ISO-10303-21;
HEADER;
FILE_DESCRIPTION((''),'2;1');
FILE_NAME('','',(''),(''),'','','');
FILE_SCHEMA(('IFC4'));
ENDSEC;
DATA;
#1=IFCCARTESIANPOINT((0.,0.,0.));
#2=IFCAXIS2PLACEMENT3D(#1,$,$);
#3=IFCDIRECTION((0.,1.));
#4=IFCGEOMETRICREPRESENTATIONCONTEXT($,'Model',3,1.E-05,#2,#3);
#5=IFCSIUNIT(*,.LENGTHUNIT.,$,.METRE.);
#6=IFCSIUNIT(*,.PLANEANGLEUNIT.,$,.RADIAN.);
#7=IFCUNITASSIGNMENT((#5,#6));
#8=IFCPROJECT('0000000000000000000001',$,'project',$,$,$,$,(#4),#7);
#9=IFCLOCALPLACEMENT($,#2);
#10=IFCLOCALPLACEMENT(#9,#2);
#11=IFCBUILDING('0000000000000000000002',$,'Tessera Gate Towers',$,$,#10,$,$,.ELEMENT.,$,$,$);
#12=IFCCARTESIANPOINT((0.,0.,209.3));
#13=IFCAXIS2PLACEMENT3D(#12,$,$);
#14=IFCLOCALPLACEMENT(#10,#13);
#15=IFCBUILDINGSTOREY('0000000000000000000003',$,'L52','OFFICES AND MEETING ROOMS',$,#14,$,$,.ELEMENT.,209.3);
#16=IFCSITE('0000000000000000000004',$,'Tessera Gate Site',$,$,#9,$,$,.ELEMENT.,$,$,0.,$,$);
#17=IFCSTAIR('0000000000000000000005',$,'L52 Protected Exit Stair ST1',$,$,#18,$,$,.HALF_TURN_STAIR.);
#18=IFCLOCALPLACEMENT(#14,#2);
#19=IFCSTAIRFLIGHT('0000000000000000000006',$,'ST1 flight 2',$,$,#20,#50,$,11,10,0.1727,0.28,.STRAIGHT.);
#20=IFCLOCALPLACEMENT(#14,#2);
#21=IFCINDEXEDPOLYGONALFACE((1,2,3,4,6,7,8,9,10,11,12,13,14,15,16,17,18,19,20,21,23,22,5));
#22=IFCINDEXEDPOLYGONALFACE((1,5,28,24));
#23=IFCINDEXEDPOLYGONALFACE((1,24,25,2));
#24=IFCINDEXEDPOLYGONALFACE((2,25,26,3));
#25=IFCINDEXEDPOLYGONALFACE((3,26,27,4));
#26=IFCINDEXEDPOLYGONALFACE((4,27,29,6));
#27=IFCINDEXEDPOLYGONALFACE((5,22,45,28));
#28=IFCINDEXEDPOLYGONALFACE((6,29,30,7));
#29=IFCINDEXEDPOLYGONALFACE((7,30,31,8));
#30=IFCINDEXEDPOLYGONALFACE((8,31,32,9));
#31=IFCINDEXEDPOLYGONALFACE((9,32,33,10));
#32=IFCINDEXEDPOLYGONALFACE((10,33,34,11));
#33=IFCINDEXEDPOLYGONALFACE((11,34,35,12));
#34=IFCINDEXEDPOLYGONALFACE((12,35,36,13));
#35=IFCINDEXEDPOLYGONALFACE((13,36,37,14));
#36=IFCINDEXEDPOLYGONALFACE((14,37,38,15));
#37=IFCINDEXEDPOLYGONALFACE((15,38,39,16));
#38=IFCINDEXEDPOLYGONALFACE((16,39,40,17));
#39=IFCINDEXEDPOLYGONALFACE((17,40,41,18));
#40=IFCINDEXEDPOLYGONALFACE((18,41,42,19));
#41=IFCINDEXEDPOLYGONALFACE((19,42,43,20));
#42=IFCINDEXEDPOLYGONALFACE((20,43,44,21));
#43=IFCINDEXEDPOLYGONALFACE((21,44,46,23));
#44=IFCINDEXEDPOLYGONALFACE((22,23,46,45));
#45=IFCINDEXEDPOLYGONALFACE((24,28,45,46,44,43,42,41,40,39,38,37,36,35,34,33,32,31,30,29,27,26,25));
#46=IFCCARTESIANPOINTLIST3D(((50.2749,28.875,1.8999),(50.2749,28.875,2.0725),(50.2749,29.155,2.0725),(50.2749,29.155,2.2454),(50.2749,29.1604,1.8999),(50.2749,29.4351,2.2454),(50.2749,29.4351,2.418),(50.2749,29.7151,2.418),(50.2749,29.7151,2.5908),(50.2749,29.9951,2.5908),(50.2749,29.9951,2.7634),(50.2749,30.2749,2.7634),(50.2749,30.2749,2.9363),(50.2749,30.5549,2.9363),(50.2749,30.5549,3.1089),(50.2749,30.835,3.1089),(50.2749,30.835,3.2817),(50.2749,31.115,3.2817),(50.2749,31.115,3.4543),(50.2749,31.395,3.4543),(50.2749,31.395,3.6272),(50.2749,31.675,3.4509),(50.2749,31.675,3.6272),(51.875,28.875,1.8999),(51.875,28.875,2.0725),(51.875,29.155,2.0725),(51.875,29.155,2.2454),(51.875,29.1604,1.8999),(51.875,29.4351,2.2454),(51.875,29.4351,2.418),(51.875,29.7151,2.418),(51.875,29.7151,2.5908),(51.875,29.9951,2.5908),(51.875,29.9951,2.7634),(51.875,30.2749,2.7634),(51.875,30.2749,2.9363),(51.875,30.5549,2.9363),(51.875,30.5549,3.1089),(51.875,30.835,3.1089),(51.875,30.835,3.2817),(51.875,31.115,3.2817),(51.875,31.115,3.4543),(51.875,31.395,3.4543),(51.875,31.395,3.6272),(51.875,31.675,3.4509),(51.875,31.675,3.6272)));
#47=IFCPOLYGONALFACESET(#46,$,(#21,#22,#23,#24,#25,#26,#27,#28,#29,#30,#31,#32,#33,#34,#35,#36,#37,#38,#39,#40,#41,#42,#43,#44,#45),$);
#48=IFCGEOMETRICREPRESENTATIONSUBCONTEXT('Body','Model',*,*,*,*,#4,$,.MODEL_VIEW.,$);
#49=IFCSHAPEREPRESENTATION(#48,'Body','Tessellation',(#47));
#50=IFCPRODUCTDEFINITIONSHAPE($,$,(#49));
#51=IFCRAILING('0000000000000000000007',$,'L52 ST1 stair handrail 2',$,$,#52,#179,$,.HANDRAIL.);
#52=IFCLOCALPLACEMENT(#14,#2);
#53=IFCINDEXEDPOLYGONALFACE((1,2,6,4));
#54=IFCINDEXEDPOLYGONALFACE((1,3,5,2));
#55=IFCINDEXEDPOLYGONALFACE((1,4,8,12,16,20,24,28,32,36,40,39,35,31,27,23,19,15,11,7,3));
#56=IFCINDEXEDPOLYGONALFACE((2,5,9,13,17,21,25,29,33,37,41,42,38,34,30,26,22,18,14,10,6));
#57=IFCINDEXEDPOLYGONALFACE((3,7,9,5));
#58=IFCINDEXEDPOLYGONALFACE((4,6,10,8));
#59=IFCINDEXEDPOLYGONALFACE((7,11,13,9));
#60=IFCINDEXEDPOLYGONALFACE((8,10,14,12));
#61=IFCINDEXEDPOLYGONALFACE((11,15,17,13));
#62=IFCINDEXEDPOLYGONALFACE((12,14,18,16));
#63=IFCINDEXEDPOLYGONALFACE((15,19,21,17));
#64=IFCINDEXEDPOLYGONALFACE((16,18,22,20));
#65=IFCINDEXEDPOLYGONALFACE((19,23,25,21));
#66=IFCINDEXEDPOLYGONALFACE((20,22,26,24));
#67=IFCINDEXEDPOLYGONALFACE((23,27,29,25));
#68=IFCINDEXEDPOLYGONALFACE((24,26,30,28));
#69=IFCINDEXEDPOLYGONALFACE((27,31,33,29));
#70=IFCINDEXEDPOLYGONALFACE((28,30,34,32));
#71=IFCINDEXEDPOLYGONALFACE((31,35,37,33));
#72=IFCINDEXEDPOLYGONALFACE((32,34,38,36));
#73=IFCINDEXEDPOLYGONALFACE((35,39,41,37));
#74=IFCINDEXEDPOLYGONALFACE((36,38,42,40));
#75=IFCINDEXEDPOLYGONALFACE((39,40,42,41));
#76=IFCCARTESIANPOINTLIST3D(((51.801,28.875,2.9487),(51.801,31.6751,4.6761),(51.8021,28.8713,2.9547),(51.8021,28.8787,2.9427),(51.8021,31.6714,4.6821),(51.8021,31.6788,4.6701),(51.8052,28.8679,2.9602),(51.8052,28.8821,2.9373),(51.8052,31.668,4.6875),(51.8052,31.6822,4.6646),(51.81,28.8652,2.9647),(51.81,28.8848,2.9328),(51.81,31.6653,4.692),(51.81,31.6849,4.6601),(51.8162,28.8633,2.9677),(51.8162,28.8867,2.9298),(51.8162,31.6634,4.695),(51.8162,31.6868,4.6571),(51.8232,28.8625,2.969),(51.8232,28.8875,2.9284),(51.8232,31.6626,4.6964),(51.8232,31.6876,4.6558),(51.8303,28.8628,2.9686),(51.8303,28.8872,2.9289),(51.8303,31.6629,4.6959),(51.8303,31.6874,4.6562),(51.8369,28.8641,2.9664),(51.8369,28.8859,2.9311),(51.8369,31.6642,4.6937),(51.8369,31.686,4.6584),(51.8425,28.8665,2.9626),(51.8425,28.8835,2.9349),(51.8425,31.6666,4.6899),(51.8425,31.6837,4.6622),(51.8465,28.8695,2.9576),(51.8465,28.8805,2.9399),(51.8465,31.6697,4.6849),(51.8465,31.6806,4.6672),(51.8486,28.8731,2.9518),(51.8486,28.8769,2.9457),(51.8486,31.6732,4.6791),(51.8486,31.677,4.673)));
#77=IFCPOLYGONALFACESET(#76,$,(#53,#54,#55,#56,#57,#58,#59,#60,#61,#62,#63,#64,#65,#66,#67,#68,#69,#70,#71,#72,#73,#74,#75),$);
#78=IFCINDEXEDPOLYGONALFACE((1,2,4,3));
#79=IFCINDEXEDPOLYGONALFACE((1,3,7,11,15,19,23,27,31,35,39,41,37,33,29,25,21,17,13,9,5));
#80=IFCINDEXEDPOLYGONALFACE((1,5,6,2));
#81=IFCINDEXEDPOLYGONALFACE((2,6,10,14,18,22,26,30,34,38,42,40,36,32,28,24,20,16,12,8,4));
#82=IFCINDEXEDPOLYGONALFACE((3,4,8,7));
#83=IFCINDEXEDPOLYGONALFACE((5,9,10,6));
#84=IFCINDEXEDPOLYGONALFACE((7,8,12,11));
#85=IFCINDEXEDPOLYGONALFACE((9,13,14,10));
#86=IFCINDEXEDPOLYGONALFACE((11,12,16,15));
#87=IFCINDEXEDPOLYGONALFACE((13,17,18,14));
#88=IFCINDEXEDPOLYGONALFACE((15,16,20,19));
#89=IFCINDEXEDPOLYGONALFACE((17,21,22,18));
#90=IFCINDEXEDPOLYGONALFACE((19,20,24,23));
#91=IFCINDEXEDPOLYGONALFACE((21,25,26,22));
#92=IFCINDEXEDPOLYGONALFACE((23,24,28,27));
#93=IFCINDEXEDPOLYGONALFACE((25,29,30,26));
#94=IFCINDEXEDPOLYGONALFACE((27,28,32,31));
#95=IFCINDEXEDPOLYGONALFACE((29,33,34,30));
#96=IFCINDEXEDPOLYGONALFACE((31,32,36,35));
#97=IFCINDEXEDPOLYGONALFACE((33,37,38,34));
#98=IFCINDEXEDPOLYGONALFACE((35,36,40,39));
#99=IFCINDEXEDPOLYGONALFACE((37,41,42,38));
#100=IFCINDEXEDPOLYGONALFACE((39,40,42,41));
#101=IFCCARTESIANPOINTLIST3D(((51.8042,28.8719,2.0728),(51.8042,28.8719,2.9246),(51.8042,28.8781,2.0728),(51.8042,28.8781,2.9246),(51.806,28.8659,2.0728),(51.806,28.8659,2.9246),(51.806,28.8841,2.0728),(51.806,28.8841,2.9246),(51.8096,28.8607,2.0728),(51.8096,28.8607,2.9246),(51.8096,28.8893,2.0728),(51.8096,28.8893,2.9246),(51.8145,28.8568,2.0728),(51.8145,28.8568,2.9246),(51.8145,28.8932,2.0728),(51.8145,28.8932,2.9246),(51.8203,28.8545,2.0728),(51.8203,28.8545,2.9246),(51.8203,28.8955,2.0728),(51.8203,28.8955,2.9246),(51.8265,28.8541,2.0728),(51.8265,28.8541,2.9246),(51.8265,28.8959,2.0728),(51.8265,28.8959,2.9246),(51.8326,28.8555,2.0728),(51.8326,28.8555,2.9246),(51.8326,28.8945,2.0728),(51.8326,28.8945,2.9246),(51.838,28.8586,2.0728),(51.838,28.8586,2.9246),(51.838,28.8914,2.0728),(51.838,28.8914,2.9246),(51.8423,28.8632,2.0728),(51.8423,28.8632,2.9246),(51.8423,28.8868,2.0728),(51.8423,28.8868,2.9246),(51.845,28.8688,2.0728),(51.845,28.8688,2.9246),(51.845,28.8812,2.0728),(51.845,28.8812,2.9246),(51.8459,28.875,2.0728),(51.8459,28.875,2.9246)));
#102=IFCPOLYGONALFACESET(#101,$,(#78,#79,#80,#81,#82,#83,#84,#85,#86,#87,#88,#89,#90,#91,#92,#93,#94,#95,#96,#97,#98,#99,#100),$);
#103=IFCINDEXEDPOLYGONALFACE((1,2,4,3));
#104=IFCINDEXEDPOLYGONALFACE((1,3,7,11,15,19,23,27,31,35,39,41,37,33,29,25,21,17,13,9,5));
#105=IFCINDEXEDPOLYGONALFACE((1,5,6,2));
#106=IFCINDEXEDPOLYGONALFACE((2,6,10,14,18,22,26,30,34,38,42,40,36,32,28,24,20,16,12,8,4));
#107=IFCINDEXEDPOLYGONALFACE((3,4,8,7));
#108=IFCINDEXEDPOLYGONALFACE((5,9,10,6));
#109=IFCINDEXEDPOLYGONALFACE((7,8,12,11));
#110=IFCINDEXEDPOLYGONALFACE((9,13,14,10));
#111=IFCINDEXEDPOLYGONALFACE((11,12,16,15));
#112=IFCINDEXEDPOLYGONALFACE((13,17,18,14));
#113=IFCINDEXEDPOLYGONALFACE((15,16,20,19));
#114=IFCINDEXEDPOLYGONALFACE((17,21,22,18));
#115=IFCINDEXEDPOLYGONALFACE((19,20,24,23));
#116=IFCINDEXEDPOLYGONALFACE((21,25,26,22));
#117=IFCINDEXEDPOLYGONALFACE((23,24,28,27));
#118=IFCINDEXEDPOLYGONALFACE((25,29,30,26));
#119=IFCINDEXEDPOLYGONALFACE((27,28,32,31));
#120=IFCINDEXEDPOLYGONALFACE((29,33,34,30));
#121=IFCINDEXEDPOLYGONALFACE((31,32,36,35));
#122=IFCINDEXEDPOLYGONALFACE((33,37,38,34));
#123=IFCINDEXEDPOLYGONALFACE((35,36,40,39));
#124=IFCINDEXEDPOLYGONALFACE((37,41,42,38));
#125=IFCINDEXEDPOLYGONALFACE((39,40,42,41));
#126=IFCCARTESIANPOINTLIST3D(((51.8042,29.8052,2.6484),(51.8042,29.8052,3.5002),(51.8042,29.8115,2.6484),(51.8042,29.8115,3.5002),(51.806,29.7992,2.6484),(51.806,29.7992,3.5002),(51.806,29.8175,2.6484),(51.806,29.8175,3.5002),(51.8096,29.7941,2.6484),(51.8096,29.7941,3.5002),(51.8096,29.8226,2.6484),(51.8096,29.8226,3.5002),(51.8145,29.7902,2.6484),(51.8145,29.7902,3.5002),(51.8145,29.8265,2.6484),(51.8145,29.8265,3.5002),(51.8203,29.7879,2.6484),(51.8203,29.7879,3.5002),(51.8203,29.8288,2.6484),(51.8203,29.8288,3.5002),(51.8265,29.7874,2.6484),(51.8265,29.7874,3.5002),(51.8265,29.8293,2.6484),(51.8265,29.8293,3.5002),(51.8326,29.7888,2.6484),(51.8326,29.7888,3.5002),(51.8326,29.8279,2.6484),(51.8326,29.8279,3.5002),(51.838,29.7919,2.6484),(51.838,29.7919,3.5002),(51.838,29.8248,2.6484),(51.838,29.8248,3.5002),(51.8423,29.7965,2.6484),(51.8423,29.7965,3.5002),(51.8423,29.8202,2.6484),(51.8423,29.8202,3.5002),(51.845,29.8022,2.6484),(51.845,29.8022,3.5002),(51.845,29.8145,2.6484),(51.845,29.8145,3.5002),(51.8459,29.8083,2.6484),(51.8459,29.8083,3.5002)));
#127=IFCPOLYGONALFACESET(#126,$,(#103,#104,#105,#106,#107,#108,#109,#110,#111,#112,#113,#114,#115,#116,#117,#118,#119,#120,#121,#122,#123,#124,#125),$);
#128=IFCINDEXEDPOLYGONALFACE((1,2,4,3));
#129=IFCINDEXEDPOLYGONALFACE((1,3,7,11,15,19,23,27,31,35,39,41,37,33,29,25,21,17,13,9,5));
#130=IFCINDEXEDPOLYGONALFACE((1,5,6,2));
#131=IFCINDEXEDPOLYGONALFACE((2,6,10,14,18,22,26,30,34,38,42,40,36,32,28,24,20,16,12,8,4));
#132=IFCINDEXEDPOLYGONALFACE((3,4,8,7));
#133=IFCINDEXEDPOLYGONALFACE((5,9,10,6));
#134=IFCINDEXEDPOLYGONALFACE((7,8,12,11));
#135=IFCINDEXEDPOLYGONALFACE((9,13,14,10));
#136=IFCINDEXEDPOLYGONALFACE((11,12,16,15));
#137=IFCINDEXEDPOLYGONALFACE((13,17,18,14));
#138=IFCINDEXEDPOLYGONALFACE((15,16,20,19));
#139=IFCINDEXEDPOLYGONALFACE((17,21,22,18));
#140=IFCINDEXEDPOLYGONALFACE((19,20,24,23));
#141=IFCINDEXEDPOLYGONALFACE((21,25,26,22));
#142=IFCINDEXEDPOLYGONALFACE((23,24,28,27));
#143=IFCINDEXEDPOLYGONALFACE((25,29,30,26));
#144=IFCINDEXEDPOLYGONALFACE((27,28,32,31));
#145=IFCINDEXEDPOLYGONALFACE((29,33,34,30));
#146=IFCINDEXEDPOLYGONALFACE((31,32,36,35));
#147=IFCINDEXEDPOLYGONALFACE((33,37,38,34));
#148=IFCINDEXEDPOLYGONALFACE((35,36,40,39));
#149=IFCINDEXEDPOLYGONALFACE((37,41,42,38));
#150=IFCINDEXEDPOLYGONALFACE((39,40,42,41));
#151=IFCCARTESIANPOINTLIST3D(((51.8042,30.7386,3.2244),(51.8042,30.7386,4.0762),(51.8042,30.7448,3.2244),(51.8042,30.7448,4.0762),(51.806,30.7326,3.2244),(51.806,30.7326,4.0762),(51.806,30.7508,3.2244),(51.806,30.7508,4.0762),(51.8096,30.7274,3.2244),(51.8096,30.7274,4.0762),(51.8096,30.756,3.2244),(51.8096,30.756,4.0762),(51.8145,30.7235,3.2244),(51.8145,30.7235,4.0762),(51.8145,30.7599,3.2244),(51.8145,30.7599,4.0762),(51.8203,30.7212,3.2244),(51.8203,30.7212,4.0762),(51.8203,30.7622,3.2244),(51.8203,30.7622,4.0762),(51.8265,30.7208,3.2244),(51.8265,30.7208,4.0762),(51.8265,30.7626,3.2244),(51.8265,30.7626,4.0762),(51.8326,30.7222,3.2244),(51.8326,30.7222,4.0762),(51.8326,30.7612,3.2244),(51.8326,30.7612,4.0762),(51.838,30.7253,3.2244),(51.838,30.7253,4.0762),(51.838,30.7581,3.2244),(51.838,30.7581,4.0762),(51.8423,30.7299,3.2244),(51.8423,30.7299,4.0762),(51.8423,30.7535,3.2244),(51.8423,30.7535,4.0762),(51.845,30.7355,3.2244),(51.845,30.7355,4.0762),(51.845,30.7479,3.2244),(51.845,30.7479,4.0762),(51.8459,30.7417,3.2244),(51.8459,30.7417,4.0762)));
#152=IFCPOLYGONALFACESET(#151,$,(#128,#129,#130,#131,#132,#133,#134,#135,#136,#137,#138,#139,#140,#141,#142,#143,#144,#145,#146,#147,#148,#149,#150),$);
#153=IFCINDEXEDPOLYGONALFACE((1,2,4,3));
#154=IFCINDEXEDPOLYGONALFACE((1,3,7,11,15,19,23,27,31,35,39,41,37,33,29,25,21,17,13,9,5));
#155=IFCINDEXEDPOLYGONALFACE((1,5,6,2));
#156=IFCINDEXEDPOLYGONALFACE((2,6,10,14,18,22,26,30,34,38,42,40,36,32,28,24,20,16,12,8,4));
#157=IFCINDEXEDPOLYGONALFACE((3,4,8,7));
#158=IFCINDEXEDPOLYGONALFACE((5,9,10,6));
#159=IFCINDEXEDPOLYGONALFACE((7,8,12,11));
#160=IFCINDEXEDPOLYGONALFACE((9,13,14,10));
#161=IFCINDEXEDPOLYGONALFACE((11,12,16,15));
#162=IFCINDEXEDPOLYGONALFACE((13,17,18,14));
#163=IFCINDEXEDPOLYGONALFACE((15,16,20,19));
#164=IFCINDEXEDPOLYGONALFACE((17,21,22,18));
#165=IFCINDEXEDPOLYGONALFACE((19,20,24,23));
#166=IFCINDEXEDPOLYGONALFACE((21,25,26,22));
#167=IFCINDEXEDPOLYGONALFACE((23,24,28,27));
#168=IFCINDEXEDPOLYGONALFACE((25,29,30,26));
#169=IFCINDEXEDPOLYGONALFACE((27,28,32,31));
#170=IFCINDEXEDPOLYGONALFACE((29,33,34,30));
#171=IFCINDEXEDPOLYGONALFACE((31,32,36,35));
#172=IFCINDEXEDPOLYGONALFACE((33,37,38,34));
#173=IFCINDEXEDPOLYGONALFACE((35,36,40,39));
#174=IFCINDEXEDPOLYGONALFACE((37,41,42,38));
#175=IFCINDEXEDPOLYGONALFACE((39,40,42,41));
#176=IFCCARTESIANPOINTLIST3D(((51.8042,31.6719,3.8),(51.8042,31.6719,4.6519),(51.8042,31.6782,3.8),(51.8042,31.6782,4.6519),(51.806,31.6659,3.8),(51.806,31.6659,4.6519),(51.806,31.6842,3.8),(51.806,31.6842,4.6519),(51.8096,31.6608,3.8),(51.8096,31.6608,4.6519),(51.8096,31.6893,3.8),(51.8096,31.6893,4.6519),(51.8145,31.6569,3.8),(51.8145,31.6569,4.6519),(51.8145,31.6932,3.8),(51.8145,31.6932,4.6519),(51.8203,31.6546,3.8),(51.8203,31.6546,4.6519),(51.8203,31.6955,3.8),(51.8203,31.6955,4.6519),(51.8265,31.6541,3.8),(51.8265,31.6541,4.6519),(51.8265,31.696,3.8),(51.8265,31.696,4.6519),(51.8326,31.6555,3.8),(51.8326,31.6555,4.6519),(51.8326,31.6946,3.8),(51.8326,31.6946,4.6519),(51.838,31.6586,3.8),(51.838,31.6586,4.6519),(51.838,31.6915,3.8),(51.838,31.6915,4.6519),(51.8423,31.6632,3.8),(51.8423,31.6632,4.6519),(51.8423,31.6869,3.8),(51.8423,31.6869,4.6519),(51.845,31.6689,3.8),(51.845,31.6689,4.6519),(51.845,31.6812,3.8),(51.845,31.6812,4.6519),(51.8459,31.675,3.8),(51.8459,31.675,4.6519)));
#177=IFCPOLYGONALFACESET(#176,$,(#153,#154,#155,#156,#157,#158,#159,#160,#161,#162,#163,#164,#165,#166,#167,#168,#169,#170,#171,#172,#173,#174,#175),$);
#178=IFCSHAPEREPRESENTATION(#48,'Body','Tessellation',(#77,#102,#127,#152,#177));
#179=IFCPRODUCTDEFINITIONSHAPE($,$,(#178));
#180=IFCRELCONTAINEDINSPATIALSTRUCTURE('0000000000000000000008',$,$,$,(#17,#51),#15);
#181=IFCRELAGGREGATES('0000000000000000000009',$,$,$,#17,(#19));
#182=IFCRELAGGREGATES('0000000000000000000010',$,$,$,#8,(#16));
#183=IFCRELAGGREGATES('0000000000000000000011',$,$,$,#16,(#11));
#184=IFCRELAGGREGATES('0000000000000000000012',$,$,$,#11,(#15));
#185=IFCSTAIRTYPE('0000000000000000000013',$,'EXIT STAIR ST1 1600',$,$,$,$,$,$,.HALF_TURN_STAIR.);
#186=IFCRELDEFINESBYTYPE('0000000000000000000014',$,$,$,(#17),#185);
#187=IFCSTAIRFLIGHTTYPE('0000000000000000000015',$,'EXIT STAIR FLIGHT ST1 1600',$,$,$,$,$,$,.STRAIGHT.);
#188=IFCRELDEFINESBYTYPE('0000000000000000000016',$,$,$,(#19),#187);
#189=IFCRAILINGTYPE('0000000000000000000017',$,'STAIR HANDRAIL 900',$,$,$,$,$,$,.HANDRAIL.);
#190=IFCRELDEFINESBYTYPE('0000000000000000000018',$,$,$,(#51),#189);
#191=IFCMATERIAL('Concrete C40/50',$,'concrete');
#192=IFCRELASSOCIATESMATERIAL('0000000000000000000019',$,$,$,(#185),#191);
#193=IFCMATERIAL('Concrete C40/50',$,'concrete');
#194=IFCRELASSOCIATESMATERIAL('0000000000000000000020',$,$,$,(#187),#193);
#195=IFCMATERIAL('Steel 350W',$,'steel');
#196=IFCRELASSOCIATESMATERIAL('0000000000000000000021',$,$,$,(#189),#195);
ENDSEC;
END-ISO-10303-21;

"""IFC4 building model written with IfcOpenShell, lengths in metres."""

from ifc_helpers import new_model, si_unit, direction, frame, origin, origin_2d, place, context, subcontext, project, spatial, polyline, circle, outline, extrude, material, type_object, element, aggregate, save


model = new_model("IFC4")

# Units and contexts
model_context = context("Model", 3, precision=1e-05, world=origin(), true_north=direction((0.0, 1.0)))
body_context = subcontext(model_context, "Body", "Model", "MODEL_VIEW")
ifc_project = project(units=[si_unit("LENGTHUNIT", "METRE"), si_unit("PLANEANGLEUNIT", "RADIAN")], contexts=[model_context])

# Site, building, storey
site_placement = place(None, origin())
site = spatial("IfcSite", under=ifc_project, at=site_placement, Name="Tessera Gate Site", CompositionType="ELEMENT", RefElevation=0.0)
building_placement = place(site_placement, origin())
building = spatial("IfcBuilding", under=site, at=building_placement, Name="Tessera Gate Towers", CompositionType="ELEMENT")
storey_placement = place(building_placement, frame((0.0, 0.0, 209.3)))
storey = spatial("IfcBuildingStorey", under=building, at=storey_placement, Name="L52", Description="OFFICES AND MEETING ROOMS", CompositionType="ELEMENT", Elevation=209.3)

# Stair, stair flight
ifc_material_1 = material(Name="Concrete C40/50", Category="concrete")
stair_type = type_object("IfcStairType", Name="EXIT STAIR ST1 1600", PredefinedType="HALF_TURN_STAIR", material=ifc_material_1)
stair_placement = place(storey_placement, origin())
stair = element("IfcStair", 1, at=stair_placement, inside=storey, type_object=stair_type, Name="L52 Protected Exit Stair ST1", PredefinedType="HALF_TURN_STAIR")
ifc_material_2 = material(Name="Concrete C40/50", Category="concrete")
stair_flight_type = type_object("IfcStairFlightType", Name="EXIT STAIR FLIGHT ST1 1600", PredefinedType="STRAIGHT", material=ifc_material_2)
stair_flight_placement = place(storey_placement, frame((51.075, 28.875, 1.8999), z_axis=(0.0, 0.0, 1.0), x_axis=(0.0, 1.0, 0.0)))
stair_flight = element("IfcStairFlight", 2, at=stair_flight_placement, type_object=stair_flight_type, Name="ST1 flight 2", NumberOfRisers=11, NumberOfTreads=10, PredefinedType="STRAIGHT", RiserHeight=0.1727, TreadLength=0.28, context=body_context, shape_type="SweptSolid", body=[
    extrude(outline(polyline([(0.0, 0.0), (0.0, 0.1726), (0.28, 0.1726), (0.28, 0.3455), (0.5601, 0.3455), (0.5601, 0.5181), (0.8401, 0.5181), (0.8401, 0.6909), (1.1201, 0.6909), (1.1201, 0.8635), (1.3999, 0.8635), (1.3999, 1.0364), (1.6799, 1.0364), (1.6799, 1.209), (1.96, 1.209), (1.96, 1.3818), (2.24, 1.3818), (2.24, 1.5544), (2.52, 1.5544), (2.52, 1.7273), (2.8, 1.7273), (2.8, 1.8999), (2.8, 1.551), (0.2854, 0.0), (0.0, 0.0)])), frame((0.0, 0.8, 0.0), z_axis=(0.0, -1.0, 0.0), x_axis=(1.0, 0.0, 0.0)), (0.0, 0.0, 1.0), 1.6001),
])
aggregate(stair, [stair_flight])

# Railing
ifc_material_3 = material(Name="Steel 350W", Category="steel")
railing_type = type_object("IfcRailingType", Name="STAIR HANDRAIL 900", PredefinedType="HANDRAIL", material=ifc_material_3)
railing_placement = place(storey_placement, frame((51.825, 28.875, 2.0728)))
element("IfcRailing", 3, at=railing_placement, inside=storey, type_object=railing_type, Name="L52 ST1 stair handrail 2", PredefinedType="HANDRAIL", context=body_context, shape_type="SweptSolid", body=[
    extrude(circle(Radius=0.0239, at=origin_2d()), frame((0.0, 0.0, 0.876), z_axis=(0.0, 0.85109, 0.52502), x_axis=(-1.0, 0.0, 0.0)), (0.0, 0.0, 1.0), 3.29),
    extrude(circle(Radius=0.021, at=origin_2d()), origin(), (0.0, 0.0, 1.0), 0.8518),
    extrude(circle(Radius=0.021, at=origin_2d()), frame((0.0, 0.9333, 0.5757)), (0.0, 0.0, 1.0), 0.8518),
    extrude(circle(Radius=0.021, at=origin_2d()), frame((0.0, 1.8667, 1.1516)), (0.0, 0.0, 1.0), 0.8518),
    extrude(circle(Radius=0.021, at=origin_2d()), frame((0.0, 2.8, 1.7273)), (0.0, 0.0, 1.0), 0.8518),
])

save(model, "model.ifc")
